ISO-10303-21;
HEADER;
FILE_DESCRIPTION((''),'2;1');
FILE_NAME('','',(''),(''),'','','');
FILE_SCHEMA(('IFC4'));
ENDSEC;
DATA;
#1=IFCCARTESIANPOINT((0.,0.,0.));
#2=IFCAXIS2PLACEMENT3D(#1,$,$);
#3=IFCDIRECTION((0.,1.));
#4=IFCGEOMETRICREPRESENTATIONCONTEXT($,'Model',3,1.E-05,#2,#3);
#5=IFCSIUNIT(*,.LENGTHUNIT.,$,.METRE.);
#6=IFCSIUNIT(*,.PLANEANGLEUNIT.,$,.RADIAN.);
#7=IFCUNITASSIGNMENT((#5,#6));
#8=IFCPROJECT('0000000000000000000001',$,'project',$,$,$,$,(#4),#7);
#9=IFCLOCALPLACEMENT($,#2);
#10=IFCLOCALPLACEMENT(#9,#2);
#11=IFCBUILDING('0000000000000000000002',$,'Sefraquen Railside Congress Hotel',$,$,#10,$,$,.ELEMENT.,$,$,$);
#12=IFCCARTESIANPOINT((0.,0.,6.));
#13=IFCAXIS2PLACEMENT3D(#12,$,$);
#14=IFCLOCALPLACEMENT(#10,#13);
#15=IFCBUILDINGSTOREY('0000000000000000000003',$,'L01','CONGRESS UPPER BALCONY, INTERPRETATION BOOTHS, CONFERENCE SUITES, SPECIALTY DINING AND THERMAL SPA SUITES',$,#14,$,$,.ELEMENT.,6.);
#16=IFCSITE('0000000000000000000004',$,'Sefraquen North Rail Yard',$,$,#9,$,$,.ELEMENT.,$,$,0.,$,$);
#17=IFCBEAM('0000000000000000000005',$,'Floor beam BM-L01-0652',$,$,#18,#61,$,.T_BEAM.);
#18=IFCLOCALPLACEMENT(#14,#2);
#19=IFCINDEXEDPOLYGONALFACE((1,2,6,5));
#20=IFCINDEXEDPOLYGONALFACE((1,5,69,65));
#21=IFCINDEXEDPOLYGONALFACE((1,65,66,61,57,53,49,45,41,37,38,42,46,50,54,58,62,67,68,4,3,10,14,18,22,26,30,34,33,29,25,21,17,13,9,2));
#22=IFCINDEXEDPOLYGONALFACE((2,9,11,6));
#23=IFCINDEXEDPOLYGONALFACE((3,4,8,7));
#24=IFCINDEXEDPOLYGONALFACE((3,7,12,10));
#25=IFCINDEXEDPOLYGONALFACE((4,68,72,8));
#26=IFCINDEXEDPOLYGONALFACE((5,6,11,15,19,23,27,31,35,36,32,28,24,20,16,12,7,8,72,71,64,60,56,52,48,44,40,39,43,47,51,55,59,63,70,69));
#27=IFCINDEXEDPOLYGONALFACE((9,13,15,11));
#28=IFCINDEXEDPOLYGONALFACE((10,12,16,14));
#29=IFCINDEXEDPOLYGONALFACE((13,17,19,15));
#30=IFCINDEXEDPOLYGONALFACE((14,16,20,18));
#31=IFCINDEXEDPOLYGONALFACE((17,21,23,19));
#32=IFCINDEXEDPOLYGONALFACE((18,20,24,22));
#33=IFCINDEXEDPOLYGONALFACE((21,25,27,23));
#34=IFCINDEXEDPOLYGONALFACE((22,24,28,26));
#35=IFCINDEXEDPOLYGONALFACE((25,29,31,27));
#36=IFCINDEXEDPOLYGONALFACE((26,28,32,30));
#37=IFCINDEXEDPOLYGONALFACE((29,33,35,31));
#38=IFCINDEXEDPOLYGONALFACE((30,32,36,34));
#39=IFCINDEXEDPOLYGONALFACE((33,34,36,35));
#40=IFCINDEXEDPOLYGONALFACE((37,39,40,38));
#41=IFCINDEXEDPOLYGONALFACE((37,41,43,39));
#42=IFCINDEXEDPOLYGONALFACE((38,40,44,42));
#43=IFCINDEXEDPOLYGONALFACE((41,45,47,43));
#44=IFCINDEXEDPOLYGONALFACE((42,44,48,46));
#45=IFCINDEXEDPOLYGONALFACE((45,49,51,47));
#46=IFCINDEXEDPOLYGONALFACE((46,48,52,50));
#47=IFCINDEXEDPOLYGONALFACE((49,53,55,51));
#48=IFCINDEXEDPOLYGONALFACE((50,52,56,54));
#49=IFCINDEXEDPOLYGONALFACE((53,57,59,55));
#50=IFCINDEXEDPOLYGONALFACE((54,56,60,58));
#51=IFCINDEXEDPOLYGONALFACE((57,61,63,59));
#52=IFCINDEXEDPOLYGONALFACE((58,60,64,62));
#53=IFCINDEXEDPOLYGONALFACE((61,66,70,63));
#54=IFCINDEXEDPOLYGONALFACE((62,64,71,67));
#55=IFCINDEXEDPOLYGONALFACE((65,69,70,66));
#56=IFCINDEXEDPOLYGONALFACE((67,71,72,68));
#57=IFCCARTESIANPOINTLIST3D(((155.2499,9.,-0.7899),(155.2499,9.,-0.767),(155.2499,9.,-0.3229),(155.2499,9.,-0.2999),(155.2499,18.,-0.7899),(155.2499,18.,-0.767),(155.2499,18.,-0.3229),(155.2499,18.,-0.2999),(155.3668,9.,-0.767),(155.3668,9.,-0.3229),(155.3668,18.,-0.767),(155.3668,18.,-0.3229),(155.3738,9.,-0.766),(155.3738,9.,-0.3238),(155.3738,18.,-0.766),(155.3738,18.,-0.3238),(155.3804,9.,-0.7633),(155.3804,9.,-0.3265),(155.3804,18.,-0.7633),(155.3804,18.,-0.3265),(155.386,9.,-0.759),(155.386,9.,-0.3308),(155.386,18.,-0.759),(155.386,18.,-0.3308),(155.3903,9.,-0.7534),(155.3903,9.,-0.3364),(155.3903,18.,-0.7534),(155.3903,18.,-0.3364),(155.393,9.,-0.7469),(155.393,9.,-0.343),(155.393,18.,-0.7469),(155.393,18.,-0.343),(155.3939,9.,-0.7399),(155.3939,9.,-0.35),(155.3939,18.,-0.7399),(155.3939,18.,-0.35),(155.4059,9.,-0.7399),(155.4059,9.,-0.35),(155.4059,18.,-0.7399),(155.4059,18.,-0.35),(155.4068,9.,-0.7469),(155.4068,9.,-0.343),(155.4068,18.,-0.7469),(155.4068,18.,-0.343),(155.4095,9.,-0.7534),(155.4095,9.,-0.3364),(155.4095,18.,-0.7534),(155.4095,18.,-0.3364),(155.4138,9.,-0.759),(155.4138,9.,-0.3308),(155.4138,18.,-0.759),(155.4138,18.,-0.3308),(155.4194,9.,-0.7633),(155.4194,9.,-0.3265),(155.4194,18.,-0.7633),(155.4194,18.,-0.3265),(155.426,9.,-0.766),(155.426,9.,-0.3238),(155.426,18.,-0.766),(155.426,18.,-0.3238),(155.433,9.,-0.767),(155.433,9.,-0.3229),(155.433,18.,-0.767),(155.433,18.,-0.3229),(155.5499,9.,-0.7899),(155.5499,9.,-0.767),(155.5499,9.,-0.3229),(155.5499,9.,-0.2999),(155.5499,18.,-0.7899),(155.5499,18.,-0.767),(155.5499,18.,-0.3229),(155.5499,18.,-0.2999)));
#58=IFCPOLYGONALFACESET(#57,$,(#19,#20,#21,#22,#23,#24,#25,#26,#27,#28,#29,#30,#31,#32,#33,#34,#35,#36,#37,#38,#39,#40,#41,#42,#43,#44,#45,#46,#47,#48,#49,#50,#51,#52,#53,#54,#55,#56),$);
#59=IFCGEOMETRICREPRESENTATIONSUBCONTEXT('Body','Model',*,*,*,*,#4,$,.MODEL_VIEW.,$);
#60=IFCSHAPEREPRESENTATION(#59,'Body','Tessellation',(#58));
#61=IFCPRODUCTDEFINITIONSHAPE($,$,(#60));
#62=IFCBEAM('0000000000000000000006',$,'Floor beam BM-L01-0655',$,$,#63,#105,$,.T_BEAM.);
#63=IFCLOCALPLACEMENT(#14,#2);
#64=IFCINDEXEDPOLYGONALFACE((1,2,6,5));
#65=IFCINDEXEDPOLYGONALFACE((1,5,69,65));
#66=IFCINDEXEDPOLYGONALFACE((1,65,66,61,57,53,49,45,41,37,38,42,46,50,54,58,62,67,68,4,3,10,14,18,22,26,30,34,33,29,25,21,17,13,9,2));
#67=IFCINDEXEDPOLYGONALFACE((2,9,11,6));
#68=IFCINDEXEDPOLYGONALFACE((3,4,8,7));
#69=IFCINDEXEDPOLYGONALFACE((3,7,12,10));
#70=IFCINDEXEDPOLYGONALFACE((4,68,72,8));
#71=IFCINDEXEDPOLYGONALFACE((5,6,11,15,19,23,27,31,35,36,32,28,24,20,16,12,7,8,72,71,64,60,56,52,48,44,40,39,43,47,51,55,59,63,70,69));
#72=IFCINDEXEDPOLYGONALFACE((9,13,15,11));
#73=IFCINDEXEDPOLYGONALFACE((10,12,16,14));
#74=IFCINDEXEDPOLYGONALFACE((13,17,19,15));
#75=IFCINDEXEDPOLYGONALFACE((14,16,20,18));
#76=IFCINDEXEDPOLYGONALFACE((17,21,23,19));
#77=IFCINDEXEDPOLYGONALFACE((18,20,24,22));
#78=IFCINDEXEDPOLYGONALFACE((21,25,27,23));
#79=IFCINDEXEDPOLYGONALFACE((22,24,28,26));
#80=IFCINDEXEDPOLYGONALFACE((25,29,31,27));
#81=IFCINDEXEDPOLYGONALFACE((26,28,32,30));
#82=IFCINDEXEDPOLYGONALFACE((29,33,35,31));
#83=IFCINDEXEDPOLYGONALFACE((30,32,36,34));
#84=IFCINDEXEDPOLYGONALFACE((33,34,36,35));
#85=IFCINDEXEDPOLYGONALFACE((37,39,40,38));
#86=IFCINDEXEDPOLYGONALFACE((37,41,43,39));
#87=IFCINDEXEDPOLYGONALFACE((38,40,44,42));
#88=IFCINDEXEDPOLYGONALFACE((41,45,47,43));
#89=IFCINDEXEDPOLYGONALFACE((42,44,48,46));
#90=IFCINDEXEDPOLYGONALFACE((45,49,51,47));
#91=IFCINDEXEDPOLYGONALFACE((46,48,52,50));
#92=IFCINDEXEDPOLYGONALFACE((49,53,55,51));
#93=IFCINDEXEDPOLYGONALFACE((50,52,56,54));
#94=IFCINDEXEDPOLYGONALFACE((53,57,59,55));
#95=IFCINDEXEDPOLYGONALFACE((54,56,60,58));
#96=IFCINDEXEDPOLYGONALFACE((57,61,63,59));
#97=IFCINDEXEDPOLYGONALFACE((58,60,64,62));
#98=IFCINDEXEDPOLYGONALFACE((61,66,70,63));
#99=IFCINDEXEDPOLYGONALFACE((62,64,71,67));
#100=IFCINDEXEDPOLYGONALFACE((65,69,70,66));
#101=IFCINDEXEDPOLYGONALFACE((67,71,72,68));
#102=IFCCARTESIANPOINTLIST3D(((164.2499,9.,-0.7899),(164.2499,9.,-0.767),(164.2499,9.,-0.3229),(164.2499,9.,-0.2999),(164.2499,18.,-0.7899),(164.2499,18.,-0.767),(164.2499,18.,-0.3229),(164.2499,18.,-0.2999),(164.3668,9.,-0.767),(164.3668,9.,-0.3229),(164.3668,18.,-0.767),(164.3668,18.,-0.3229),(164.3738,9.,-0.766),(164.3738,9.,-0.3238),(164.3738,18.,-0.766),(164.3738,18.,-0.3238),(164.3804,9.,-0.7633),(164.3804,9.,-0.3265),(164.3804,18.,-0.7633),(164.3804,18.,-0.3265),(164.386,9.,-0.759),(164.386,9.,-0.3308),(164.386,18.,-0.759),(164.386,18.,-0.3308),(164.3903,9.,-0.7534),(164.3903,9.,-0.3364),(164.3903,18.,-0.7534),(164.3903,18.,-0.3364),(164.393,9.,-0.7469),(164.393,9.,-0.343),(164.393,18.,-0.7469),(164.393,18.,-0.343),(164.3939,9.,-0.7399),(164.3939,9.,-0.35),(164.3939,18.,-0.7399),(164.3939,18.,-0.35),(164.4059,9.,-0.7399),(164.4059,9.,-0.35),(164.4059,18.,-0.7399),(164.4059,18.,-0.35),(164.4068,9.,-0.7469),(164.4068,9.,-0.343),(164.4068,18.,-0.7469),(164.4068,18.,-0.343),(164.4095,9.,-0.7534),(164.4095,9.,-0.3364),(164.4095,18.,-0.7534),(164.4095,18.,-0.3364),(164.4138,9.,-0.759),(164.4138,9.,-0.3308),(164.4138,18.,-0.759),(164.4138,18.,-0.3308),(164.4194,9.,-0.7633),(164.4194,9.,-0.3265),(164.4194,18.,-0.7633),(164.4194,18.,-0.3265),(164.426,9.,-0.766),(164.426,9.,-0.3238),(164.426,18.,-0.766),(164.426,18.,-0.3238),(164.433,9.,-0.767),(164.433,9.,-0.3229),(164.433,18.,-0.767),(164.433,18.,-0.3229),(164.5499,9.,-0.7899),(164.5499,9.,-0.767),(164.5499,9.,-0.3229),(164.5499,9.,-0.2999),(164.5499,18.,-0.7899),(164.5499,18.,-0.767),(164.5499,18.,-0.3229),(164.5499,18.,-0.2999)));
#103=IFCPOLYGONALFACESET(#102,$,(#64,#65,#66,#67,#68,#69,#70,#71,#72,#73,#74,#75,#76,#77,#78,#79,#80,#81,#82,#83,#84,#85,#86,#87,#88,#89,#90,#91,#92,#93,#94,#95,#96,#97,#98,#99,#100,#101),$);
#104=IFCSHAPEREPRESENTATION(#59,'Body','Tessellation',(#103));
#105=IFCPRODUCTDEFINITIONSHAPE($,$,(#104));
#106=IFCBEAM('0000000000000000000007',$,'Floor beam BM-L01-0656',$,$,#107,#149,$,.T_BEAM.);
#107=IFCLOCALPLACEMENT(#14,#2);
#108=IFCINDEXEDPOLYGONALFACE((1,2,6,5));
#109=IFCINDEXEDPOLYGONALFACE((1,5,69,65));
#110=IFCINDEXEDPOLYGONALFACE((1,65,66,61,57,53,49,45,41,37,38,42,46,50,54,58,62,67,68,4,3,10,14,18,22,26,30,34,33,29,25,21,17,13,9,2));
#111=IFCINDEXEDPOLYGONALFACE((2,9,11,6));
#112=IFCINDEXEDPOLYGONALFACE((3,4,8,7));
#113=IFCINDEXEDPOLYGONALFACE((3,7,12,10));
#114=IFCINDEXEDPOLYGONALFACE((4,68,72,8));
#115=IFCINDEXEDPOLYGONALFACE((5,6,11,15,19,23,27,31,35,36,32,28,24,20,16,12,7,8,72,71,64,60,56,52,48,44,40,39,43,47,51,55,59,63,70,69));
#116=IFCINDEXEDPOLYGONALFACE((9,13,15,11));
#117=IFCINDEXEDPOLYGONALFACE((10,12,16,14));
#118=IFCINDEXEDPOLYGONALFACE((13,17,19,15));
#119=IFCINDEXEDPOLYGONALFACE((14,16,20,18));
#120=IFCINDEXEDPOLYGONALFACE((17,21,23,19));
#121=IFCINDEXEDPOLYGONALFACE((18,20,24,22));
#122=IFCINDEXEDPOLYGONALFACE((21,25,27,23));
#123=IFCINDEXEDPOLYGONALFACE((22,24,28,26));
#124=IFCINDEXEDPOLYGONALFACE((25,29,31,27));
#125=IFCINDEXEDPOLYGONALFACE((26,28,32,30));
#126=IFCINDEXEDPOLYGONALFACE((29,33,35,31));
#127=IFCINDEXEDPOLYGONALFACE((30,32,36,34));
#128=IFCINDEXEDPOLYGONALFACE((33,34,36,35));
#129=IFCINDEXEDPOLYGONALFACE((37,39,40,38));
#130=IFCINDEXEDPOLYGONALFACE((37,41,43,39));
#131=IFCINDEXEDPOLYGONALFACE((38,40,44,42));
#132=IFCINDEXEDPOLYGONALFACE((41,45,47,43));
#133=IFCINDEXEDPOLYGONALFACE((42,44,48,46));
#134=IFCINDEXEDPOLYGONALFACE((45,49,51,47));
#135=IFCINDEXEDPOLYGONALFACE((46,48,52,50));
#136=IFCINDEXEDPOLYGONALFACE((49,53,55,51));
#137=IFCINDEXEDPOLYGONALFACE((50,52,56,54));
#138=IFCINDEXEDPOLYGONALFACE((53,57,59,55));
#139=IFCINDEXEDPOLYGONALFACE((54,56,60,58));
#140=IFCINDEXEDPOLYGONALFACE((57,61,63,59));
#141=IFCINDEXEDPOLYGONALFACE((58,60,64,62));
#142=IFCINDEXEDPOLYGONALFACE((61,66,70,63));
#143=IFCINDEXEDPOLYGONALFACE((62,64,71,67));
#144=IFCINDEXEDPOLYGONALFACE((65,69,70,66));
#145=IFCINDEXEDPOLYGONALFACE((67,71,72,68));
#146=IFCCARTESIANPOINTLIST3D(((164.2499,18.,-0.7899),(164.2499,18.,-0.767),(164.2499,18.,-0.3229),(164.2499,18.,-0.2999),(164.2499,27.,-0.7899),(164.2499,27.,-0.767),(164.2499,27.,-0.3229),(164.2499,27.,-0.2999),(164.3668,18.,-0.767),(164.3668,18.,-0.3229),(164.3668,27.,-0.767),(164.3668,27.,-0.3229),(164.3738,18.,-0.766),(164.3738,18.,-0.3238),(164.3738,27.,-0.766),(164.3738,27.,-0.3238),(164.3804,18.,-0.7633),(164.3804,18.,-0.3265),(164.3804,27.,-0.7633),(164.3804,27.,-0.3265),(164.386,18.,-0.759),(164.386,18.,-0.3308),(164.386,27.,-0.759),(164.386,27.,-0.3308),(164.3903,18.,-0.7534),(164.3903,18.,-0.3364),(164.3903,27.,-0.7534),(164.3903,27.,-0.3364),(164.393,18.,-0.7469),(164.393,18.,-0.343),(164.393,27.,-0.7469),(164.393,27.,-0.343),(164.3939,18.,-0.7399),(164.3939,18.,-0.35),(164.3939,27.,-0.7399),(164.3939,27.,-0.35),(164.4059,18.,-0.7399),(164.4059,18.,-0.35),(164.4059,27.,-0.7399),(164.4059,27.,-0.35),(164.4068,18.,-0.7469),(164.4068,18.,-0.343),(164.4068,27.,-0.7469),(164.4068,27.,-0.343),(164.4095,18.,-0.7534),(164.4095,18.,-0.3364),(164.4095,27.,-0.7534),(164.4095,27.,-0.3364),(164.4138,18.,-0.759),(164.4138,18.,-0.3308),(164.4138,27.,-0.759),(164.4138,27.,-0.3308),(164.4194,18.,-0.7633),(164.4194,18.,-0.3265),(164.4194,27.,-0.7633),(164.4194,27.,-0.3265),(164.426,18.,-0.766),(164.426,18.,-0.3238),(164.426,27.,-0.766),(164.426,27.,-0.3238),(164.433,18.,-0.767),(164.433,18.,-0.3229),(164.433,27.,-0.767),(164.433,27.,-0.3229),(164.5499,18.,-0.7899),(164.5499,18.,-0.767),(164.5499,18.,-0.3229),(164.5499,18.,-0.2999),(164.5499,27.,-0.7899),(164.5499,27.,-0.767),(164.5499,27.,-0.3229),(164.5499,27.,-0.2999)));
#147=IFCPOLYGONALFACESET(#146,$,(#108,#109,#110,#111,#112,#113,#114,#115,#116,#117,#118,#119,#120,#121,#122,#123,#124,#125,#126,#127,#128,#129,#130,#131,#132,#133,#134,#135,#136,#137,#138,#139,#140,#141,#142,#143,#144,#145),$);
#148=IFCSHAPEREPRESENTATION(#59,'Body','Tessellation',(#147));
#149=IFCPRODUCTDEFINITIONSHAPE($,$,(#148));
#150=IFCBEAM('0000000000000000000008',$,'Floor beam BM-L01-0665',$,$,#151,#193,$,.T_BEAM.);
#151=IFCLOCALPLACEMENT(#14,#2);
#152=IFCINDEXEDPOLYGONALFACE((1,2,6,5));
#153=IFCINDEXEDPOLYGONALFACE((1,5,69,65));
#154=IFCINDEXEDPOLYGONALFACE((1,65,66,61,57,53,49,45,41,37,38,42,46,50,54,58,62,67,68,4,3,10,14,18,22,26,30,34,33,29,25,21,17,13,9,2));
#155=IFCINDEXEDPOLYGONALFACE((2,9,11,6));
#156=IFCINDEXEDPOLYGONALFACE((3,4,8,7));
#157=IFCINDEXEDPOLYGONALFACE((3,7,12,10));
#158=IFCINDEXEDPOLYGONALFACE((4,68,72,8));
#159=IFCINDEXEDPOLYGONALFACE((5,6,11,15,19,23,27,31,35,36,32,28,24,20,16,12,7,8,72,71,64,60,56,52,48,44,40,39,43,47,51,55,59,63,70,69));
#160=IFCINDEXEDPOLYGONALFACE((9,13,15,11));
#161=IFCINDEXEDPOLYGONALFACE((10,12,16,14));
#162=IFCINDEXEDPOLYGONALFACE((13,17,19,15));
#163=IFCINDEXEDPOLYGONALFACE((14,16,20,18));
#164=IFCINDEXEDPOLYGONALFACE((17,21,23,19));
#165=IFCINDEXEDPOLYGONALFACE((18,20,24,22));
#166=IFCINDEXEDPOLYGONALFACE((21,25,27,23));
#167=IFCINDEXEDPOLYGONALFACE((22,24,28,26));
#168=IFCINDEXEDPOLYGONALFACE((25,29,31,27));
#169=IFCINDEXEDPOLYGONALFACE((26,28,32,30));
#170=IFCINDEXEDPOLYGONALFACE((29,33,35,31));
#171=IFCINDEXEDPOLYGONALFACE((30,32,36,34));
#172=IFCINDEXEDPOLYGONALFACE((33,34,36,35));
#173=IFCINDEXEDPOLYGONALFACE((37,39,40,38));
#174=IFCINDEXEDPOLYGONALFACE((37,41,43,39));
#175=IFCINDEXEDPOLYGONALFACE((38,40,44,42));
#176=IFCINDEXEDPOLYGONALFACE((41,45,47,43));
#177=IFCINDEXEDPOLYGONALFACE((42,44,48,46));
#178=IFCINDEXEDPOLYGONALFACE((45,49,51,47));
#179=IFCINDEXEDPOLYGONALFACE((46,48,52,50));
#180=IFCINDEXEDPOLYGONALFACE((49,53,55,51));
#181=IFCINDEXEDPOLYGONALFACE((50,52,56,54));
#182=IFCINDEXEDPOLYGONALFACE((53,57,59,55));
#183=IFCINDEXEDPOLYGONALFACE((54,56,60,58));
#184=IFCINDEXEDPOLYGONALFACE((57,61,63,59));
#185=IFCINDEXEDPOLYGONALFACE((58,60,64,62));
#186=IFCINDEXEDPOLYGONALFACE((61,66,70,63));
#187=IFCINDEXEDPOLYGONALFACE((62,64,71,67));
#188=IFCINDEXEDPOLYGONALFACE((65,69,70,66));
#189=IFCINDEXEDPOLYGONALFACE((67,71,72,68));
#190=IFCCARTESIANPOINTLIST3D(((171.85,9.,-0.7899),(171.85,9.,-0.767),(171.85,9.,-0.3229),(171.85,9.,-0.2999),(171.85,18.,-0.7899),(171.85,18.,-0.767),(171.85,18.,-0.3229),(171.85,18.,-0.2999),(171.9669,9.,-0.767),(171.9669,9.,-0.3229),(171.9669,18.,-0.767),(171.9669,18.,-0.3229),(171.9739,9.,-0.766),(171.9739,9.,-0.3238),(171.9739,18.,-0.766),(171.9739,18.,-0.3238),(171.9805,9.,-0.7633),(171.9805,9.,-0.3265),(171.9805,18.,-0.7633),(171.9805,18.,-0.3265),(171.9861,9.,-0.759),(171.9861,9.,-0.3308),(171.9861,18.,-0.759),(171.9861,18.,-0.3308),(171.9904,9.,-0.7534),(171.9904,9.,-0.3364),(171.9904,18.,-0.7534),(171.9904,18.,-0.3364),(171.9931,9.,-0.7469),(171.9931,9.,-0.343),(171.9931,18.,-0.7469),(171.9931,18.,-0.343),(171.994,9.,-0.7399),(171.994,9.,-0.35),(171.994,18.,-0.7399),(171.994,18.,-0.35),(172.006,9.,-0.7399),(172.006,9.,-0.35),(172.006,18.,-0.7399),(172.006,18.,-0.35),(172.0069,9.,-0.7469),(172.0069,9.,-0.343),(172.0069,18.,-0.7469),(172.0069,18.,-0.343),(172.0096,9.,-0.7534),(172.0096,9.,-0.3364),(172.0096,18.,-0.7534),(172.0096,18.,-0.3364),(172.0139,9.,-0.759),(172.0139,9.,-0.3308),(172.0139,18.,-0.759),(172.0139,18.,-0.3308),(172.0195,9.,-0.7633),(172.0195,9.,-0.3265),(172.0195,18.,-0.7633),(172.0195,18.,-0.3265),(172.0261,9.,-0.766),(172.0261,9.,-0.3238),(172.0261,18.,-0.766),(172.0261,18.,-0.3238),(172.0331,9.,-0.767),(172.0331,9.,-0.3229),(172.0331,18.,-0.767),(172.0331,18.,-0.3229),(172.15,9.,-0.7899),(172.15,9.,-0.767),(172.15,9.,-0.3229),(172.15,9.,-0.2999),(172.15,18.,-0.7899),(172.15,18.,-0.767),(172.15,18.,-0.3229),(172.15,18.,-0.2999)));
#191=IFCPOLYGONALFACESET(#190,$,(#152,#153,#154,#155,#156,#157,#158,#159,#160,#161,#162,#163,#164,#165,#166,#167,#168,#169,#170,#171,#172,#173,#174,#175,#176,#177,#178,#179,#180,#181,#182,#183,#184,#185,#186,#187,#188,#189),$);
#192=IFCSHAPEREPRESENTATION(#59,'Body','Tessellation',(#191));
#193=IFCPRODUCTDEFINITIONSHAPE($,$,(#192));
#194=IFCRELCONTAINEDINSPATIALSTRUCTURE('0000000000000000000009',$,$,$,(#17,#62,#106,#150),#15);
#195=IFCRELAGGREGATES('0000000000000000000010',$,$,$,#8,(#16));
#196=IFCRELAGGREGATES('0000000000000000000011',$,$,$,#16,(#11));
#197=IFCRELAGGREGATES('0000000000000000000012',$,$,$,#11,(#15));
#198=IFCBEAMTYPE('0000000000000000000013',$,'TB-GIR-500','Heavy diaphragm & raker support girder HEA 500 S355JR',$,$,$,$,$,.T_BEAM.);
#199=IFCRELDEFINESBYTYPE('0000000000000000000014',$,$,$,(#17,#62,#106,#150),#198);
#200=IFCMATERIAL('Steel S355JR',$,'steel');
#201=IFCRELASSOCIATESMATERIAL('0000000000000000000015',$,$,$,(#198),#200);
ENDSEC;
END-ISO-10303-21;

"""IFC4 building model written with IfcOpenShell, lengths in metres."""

from ifc_helpers import new_model, si_unit, direction, frame, origin, origin_2d, place, context, subcontext, project, spatial, i_section, extrude, material, material_profile, profile_set, type_object, element, save


model = new_model("IFC4")

# Units and contexts
model_context = context("Model", 3, precision=1e-05, world=origin(), true_north=direction((0.0, 1.0)))
body_context = subcontext(model_context, "Body", "Model", "MODEL_VIEW")
ifc_project = project(units=[si_unit("LENGTHUNIT", "METRE"), si_unit("PLANEANGLEUNIT", "RADIAN")], contexts=[model_context])

# Site, building, storey
site_placement = place(None, origin())
site = spatial("IfcSite", under=ifc_project, at=site_placement, Name="Sefraquen North Rail Yard", CompositionType="ELEMENT", RefElevation=0.0)
building_placement = place(site_placement, origin())
building = spatial("IfcBuilding", under=site, at=building_placement, Name="Sefraquen Railside Congress Hotel", CompositionType="ELEMENT")
storey_placement = place(building_placement, frame((0.0, 0.0, 6.0)))
storey = spatial("IfcBuildingStorey", under=building, at=storey_placement, Name="L01", Description="CONGRESS UPPER BALCONY, INTERPRETATION BOOTHS, CONFERENCE SUITES, SPECIALTY DINING AND THERMAL SPA SUITES", CompositionType="ELEMENT", Elevation=6.0)

# Shared definitions
ifc_material_1 = material(Name="Steel S355JR", Category="steel")

# Beams
ifc_material_profile_1 = material_profile(ifc_material_1, i_section(OverallWidth=0.3, OverallDepth=0.49, WebThickness=0.012, FlangeThickness=0.0229, FilletRadius=0.0271, at=origin_2d()), Name="HEA 500")
ifc_profile_set_1 = profile_set([ifc_material_profile_1], Name="Steel S355JR")
beam_type_1 = type_object("IfcBeamType", Name="TB-GIR-500", Description="Heavy diaphragm & raker support girder HEA 500 S355JR", PredefinedType="T_BEAM", material=ifc_profile_set_1)
for number, where, z_axis, x_axis, name in (
    (1, (155.3999, 9.0, -0.5449), (0.0, 1.0, 0.0), (-1.0, 0.0, 0.0), "Floor beam BM-L01-0652"),
    (2, (164.3999, 9.0, -0.5449), (0.0, 1.0, 0.0), (-1.0, 0.0, 0.0), "Floor beam BM-L01-0655"),
    (3, (164.3999, 18.0, -0.5449), (0.0, 1.0, 0.0), (-1.0, 0.0, 0.0), "Floor beam BM-L01-0656"),
    (4, (172.0, 9.0, -0.5449), (0.0, 1.0, 0.0), (-1.0, 0.0, 0.0), "Floor beam BM-L01-0665"),
):
    element("IfcBeam", number, at=place(storey_placement, frame(where, z_axis=z_axis, x_axis=x_axis)), inside=storey, type_object=beam_type_1, Name=name, PredefinedType="T_BEAM", context=body_context, shape_type="SweptSolid", body=[
        extrude(i_section(OverallWidth=0.3, OverallDepth=0.49, WebThickness=0.012, FlangeThickness=0.0229, FilletRadius=0.0271, at=origin_2d()), origin(), (0.0, 0.0, 1.0), 9.0),
    ])

save(model, "model.ifc")
